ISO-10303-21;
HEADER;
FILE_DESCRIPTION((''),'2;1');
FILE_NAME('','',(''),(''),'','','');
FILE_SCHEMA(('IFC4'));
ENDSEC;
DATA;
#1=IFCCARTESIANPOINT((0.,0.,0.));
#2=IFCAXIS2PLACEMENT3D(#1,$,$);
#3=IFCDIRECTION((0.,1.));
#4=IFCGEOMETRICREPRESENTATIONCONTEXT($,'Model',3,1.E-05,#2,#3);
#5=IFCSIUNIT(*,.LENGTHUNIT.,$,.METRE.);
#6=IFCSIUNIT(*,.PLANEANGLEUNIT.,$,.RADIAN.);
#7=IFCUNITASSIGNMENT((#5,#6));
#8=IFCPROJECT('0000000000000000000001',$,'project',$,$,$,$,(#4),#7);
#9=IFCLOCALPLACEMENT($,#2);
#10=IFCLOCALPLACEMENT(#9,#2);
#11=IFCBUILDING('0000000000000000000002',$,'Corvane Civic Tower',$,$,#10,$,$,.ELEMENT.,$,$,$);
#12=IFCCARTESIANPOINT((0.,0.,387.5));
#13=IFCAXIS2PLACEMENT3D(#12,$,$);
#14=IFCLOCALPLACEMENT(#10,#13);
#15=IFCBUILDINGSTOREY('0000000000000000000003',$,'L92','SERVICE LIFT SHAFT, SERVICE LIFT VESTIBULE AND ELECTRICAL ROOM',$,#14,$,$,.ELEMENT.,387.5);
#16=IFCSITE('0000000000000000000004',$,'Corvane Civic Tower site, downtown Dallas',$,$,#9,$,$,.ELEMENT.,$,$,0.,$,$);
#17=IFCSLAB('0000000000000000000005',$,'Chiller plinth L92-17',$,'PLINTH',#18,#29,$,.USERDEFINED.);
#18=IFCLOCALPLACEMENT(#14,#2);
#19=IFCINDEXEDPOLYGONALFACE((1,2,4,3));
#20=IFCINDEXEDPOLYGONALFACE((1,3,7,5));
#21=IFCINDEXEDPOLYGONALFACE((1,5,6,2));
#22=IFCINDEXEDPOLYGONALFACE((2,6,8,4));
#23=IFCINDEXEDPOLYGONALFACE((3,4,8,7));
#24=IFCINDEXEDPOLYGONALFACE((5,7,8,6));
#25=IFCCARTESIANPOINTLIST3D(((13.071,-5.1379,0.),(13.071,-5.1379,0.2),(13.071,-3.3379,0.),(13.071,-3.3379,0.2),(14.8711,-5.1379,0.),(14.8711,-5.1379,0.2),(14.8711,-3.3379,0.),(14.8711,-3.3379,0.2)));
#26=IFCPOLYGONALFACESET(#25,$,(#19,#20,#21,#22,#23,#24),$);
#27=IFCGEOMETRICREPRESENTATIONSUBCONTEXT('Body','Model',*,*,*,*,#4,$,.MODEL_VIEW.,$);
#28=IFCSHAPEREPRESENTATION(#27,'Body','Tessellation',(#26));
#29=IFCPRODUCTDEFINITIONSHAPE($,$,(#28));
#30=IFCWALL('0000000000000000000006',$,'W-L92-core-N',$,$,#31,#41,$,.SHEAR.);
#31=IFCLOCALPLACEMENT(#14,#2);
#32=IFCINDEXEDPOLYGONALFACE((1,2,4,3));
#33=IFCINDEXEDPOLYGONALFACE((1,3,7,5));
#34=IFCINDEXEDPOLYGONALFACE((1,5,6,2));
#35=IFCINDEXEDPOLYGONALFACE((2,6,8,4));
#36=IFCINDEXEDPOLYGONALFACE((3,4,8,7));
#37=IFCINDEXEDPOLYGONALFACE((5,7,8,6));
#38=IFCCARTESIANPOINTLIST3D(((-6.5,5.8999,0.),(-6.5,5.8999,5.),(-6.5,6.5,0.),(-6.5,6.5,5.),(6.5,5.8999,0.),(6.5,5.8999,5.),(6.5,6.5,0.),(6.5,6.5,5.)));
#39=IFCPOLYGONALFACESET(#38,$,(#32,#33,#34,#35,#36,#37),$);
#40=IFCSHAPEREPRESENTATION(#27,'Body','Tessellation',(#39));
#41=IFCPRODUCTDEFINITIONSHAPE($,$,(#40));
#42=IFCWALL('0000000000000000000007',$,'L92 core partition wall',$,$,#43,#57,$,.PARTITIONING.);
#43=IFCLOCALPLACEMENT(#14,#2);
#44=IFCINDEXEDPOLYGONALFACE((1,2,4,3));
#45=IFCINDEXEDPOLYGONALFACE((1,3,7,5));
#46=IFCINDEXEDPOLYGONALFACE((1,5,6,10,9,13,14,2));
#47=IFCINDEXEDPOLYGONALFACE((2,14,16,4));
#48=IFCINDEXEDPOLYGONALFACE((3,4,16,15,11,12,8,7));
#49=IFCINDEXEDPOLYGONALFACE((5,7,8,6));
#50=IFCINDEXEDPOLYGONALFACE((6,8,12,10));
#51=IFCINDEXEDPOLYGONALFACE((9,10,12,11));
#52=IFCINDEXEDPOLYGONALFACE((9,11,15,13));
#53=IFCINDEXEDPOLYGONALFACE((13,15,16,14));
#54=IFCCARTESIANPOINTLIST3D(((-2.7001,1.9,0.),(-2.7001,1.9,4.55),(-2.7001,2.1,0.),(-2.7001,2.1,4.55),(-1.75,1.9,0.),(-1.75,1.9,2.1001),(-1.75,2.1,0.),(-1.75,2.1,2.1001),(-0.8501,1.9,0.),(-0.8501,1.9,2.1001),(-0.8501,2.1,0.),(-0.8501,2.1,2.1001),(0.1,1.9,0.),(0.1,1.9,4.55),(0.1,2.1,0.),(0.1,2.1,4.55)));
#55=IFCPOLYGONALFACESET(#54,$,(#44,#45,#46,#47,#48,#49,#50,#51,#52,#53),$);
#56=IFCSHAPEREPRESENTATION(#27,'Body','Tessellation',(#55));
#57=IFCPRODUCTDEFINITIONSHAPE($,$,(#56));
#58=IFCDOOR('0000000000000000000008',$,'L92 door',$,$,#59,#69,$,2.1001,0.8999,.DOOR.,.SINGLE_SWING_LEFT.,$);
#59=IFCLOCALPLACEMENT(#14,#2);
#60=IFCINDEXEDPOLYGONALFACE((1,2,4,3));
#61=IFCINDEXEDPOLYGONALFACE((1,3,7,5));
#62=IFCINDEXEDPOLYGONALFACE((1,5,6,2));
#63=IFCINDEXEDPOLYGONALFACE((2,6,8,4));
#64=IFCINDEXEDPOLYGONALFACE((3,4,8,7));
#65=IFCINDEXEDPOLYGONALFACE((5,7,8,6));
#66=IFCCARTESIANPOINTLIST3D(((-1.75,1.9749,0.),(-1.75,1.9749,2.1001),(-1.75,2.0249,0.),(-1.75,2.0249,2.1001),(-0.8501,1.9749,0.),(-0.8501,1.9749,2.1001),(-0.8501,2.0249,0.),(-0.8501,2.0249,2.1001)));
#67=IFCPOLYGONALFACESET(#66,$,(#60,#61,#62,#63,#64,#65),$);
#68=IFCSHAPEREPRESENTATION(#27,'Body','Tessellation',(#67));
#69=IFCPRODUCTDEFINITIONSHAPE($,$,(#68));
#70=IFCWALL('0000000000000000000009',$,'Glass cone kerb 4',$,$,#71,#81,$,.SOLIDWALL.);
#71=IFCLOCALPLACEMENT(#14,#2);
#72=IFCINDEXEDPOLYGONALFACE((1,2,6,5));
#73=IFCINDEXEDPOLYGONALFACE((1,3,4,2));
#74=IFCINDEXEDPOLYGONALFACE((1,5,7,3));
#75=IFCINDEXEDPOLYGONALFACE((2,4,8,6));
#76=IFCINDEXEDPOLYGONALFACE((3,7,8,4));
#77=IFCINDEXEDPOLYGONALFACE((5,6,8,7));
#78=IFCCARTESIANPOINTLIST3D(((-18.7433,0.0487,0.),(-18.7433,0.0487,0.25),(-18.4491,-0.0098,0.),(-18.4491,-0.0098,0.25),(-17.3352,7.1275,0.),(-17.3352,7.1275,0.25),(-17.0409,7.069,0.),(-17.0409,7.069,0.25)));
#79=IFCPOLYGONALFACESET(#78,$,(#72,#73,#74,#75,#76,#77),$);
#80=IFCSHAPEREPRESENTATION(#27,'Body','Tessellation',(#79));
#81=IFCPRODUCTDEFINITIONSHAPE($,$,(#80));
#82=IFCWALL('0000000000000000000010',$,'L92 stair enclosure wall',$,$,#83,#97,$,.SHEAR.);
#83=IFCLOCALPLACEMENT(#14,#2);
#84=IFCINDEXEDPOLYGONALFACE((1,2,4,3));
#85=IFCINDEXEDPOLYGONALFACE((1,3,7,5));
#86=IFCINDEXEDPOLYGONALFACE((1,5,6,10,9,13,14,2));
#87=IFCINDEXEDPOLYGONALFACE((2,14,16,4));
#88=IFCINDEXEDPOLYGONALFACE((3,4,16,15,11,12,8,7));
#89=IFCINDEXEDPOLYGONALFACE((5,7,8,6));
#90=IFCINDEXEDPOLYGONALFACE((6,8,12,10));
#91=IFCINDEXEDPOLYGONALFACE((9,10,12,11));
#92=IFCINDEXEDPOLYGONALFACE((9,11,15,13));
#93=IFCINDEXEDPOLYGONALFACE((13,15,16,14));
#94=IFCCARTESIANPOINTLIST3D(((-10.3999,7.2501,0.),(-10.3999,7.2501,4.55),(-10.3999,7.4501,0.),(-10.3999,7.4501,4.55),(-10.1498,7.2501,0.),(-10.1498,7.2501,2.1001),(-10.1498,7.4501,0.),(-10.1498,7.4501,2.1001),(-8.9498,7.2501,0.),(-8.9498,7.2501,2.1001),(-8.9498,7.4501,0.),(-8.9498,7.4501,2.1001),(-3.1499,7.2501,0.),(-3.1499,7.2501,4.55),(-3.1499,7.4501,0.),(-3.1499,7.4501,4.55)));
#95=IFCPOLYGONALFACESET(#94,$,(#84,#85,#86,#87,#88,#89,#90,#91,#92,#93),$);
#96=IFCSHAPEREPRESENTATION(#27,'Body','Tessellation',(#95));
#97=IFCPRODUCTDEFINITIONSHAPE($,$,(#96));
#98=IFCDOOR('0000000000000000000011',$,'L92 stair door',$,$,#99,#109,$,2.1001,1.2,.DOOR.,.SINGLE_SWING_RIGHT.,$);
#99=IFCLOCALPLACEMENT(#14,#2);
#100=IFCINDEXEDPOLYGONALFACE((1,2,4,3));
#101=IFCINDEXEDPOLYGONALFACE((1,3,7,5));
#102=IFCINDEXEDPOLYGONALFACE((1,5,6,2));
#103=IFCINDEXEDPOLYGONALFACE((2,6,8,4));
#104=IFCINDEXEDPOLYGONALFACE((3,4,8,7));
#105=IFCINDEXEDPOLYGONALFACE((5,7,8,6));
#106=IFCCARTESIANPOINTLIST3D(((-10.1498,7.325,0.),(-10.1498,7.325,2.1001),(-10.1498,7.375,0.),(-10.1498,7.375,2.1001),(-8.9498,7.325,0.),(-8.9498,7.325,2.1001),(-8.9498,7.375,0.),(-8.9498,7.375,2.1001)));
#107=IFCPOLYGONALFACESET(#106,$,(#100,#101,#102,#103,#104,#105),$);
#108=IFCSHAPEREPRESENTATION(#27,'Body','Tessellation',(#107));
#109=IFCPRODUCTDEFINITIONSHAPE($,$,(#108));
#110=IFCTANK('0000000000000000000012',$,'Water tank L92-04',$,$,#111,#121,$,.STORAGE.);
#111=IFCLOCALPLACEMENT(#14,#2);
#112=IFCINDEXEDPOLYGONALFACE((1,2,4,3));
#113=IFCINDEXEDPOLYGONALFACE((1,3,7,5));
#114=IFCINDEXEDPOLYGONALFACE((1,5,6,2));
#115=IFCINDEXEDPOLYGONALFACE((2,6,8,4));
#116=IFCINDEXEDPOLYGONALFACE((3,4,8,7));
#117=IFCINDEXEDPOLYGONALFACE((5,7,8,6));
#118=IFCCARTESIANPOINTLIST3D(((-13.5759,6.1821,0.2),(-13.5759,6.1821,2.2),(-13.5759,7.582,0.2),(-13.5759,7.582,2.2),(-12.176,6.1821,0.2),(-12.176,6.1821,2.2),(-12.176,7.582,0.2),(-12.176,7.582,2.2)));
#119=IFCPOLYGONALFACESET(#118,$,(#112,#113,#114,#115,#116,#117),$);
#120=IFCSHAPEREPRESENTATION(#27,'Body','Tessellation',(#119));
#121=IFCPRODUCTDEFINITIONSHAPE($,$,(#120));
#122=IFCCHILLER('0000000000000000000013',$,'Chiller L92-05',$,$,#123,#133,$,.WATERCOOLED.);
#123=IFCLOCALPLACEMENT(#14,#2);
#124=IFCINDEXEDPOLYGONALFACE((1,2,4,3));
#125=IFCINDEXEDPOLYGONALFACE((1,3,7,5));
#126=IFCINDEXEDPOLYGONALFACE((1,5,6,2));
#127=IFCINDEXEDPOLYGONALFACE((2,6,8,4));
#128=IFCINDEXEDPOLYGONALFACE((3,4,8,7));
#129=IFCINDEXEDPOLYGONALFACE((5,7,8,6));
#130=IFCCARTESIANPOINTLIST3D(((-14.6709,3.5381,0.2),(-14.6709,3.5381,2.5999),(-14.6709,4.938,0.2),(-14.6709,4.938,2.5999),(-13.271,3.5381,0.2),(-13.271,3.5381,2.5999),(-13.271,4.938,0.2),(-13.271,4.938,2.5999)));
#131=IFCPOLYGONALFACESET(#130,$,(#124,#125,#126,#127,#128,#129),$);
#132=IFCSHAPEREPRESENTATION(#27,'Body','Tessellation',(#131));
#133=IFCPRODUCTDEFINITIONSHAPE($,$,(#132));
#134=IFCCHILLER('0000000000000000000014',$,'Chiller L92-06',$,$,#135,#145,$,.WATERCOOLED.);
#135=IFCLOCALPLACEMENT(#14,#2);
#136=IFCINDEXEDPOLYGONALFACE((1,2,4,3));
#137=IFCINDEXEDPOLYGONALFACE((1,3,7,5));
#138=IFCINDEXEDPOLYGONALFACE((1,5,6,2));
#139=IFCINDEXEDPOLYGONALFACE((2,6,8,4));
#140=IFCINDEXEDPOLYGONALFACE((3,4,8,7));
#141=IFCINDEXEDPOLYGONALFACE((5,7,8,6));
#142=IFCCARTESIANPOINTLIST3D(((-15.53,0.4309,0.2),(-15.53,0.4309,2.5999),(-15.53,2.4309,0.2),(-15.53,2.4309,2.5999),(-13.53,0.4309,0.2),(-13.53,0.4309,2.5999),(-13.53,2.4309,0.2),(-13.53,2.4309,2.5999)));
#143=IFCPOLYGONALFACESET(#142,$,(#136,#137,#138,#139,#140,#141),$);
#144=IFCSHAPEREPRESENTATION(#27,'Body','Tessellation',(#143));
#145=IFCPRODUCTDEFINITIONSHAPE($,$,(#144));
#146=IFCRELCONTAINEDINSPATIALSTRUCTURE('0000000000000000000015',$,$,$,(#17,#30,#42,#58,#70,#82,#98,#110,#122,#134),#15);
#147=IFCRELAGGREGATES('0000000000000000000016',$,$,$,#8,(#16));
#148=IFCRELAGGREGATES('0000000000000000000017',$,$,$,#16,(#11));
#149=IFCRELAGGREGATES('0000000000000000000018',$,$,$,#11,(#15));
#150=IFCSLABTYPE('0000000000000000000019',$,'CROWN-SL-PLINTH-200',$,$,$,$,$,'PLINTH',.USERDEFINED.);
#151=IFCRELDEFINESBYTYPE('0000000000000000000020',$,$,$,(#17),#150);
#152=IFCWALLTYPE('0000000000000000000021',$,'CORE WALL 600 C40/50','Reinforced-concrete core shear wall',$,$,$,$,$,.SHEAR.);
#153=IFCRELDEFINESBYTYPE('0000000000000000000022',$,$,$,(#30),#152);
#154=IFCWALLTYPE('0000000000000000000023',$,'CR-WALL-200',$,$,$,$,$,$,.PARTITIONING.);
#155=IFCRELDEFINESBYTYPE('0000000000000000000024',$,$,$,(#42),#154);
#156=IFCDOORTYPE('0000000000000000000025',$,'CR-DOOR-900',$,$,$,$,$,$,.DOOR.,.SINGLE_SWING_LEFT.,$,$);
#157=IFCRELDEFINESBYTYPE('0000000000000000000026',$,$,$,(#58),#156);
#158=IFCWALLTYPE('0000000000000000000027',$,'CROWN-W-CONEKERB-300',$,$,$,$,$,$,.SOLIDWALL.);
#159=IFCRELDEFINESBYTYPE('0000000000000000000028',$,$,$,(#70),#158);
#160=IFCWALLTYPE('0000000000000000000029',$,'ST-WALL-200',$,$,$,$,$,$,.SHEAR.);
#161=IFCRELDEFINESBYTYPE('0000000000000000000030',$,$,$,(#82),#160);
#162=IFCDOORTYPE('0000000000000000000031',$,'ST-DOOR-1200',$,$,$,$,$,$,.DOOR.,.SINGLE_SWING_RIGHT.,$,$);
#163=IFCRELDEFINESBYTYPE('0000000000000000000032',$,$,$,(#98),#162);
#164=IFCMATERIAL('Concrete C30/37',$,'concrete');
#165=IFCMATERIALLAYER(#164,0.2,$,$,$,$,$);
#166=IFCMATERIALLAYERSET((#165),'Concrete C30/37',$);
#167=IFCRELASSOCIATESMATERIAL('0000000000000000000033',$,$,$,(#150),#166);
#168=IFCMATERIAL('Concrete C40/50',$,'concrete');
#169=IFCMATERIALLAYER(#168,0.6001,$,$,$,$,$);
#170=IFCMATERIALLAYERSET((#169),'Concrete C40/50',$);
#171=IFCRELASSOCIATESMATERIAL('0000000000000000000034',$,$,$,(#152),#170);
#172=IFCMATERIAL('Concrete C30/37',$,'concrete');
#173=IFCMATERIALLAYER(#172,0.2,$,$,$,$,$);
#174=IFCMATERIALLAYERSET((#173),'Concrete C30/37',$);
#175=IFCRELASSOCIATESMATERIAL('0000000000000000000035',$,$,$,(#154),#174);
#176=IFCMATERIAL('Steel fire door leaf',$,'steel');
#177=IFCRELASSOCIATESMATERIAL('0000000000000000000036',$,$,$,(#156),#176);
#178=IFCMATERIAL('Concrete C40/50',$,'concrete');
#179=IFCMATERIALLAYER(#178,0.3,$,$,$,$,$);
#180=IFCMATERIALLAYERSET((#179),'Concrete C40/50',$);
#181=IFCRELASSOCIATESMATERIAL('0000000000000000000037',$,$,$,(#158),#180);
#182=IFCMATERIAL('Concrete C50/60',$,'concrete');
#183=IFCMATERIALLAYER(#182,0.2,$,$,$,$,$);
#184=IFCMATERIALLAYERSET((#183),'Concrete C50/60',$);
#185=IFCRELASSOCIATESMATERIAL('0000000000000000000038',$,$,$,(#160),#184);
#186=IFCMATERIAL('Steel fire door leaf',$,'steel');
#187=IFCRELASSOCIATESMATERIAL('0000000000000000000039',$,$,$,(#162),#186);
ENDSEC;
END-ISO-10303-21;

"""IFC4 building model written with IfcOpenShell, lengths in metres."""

from ifc_helpers import new_model, si_unit, direction, frame, frame_2d, origin, origin_2d, place, context, subcontext, project, spatial, polyline, rectangle, outline, extrude, material, layer, layer_set, type_object, element, fill, save


model = new_model("IFC4")

# Units and contexts
model_context = context("Model", 3, precision=1e-05, world=origin(), true_north=direction((0.0, 1.0)))
body_context = subcontext(model_context, "Body", "Model", "MODEL_VIEW")
ifc_project = project(units=[si_unit("LENGTHUNIT", "METRE"), si_unit("PLANEANGLEUNIT", "RADIAN")], contexts=[model_context])

# Site, building, storey
site_placement = place(None, origin())
site = spatial("IfcSite", under=ifc_project, at=site_placement, Name="Corvane Civic Tower site, downtown Dallas", CompositionType="ELEMENT", RefElevation=0.0)
building_placement = place(site_placement, origin())
building = spatial("IfcBuilding", under=site, at=building_placement, Name="Corvane Civic Tower", CompositionType="ELEMENT")
storey_placement = place(building_placement, frame((0.0, 0.0, 387.5)))
storey = spatial("IfcBuildingStorey", under=building, at=storey_placement, Name="L92", Description="SERVICE LIFT SHAFT, SERVICE LIFT VESTIBULE AND ELECTRICAL ROOM", CompositionType="ELEMENT", Elevation=387.5)

# Slab
ifc_material_1 = material(Name="Concrete C30/37", Category="concrete")
ifc_layer_1 = layer(ifc_material_1, 0.2)
ifc_layer_set_1 = layer_set([ifc_layer_1], Name="Concrete C30/37")
slab_type = type_object("IfcSlabType", Name="CROWN-SL-PLINTH-200", ElementType="PLINTH", PredefinedType="USERDEFINED", material=ifc_layer_set_1)
slab_1_placement = place(storey_placement, origin())
element("IfcSlab", 1, at=slab_1_placement, inside=storey, type_object=slab_type, Name="Chiller plinth L92-17", ObjectType="PLINTH", PredefinedType="USERDEFINED", context=body_context, shape_type="SweptSolid", body=[
    extrude(outline(polyline([(14.8711, -5.1379), (14.8711, -3.3379), (13.071, -3.3379), (13.071, -5.1379), (14.8711, -5.1379)])), origin(), (0.0, 0.0, 1.0), 0.2),
])

# Wall
ifc_material_2 = material(Name="Concrete C40/50", Category="concrete")
ifc_layer_2 = layer(ifc_material_2, 0.6001)
ifc_layer_set_2 = layer_set([ifc_layer_2], Name="Concrete C40/50")
wall_type_1 = type_object("IfcWallType", Name="CORE WALL 600 C40/50", Description="Reinforced-concrete core shear wall", PredefinedType="SHEAR", material=ifc_layer_set_2)
wall_1_placement = place(storey_placement, frame((-6.5, 6.2, 0.0), z_axis=(0.0, 0.0, 1.0), x_axis=(1.0, 0.0, 0.0)))
element("IfcWall", 2, at=wall_1_placement, inside=storey, type_object=wall_type_1, Name="W-L92-core-N", PredefinedType="SHEAR", context=body_context, shape_type="SweptSolid", body=[
    extrude(rectangle(XDim=13.0, YDim=0.6001, at=frame_2d((6.5, 0.0))), origin(), (0.0, 0.0, 1.0), 5.0),
])

# Wall, opening, door
ifc_material_3 = material(Name="Concrete C30/37", Category="concrete")
ifc_layer_3 = layer(ifc_material_3, 0.2)
ifc_layer_set_3 = layer_set([ifc_layer_3], Name="Concrete C30/37")
wall_type_2 = type_object("IfcWallType", Name="CR-WALL-200", PredefinedType="PARTITIONING", material=ifc_layer_set_3)
wall_2_placement = place(storey_placement, frame((-2.7, 2.0, 0.0), z_axis=(0.0, 0.0, 1.0), x_axis=(1.0, 0.0, 0.0)))
wall_2 = element("IfcWall", 3, at=wall_2_placement, inside=storey, type_object=wall_type_2, Name="L92 core partition wall", PredefinedType="PARTITIONING", context=body_context, shape_type="SweptSolid", body=[
    extrude(rectangle(XDim=2.8, YDim=0.2, at=frame_2d((1.3999, 0.0))), origin(), (0.0, 0.0, 1.0), 4.55),
])
opening_1_placement = place(wall_2_placement, frame((0.95, 0.0, 0.0)))
opening_1 = element("IfcOpeningElement", 4, at=opening_1_placement, cuts=wall_2, PredefinedType="OPENING", context=body_context, shape_type="SweptSolid", body=[
    extrude(rectangle(XDim=0.8999, YDim=2.1001, at=frame_2d((0.45, 1.05))), frame((0.0, 0.1099, 0.0), z_axis=(0.0, -1.0, 0.0), x_axis=(1.0, 0.0, 0.0)), (0.0, 0.0, 1.0), 0.22),
])
ifc_material_4 = material(Name="Steel fire door leaf", Category="steel")
door_type_1 = type_object("IfcDoorType", Name="CR-DOOR-900", OperationType="SINGLE_SWING_LEFT", PredefinedType="DOOR", material=ifc_material_4)
door_1_placement = place(opening_1_placement, origin())
door_1 = element("IfcDoor", 5, at=door_1_placement, inside=storey, type_object=door_type_1, Name="L92 door", OperationType="SINGLE_SWING_LEFT", OverallHeight=2.1001, OverallWidth=0.8999, PredefinedType="DOOR", context=body_context, shape_type="SweptSolid", body=[
    extrude(rectangle(XDim=0.8999, YDim=2.1001, at=frame_2d((0.45, 1.05))), frame((0.0, 0.0249, 0.0), z_axis=(0.0, -1.0, 0.0), x_axis=(1.0, 0.0, 0.0)), (0.0, 0.0, 1.0), 0.05),
])
fill(opening_1, door_1)

# Wall
ifc_material_5 = material(Name="Concrete C40/50", Category="concrete")
ifc_layer_4 = layer(ifc_material_5, 0.3)
ifc_layer_set_4 = layer_set([ifc_layer_4], Name="Concrete C40/50")
wall_type_3 = type_object("IfcWallType", Name="CROWN-W-CONEKERB-300", PredefinedType="SOLIDWALL", material=ifc_layer_set_4)
wall_3_placement = place(storey_placement, frame((-17.188, 7.0984, 0.0), z_axis=(0.0, 0.0, 1.0), x_axis=(-0.195108, -0.980782, 0.0)))
element("IfcWall", 6, at=wall_3_placement, inside=storey, type_object=wall_type_3, Name="Glass cone kerb 4", PredefinedType="SOLIDWALL", context=body_context, shape_type="SweptSolid", body=[
    extrude(rectangle(XDim=7.2175, YDim=0.3, at=frame_2d((3.6089, 0.0))), origin(), (0.0, 0.0, 1.0), 0.25),
])

# Wall, opening, door
ifc_material_6 = material(Name="Concrete C50/60", Category="concrete")
ifc_layer_5 = layer(ifc_material_6, 0.2)
ifc_layer_set_5 = layer_set([ifc_layer_5], Name="Concrete C50/60")
wall_type_4 = type_object("IfcWallType", Name="ST-WALL-200", PredefinedType="SHEAR", material=ifc_layer_set_5)
wall_4_placement = place(storey_placement, frame((-10.3999, 7.3501, 0.0), z_axis=(0.0, 0.0, 1.0), x_axis=(1.0, 0.0, 0.0)))
wall_4 = element("IfcWall", 7, at=wall_4_placement, inside=storey, type_object=wall_type_4, Name="L92 stair enclosure wall", PredefinedType="SHEAR", context=body_context, shape_type="SweptSolid", body=[
    extrude(rectangle(XDim=7.25, YDim=0.2, at=frame_2d((3.625, 0.0))), origin(), (0.0, 0.0, 1.0), 4.55),
])
opening_2_placement = place(wall_4_placement, frame((0.25, 0.0, 0.0)))
opening_2 = element("IfcOpeningElement", 8, at=opening_2_placement, cuts=wall_4, PredefinedType="OPENING", context=body_context, shape_type="SweptSolid", body=[
    extrude(rectangle(XDim=1.2, YDim=2.1001, at=frame_2d((0.6001, 1.05))), frame((0.0, 0.1099, 0.0), z_axis=(0.0, -1.0, 0.0), x_axis=(1.0, 0.0, 0.0)), (0.0, 0.0, 1.0), 0.22),
])
ifc_material_7 = material(Name="Steel fire door leaf", Category="steel")
door_type_2 = type_object("IfcDoorType", Name="ST-DOOR-1200", OperationType="SINGLE_SWING_RIGHT", PredefinedType="DOOR", material=ifc_material_7)
door_2_placement = place(opening_2_placement, origin())
door_2 = element("IfcDoor", 9, at=door_2_placement, inside=storey, type_object=door_type_2, Name="L92 stair door", OperationType="SINGLE_SWING_RIGHT", OverallHeight=2.1001, OverallWidth=1.2, PredefinedType="DOOR", context=body_context, shape_type="SweptSolid", body=[
    extrude(rectangle(XDim=1.2, YDim=2.1001, at=frame_2d((0.6001, 1.05))), frame((0.0, 0.0249, 0.0), z_axis=(0.0, -1.0, 0.0), x_axis=(1.0, 0.0, 0.0)), (0.0, 0.0, 1.0), 0.05),
])
fill(opening_2, door_2)

# Tank
tank_placement = place(storey_placement, frame((-12.876, 6.8821, 0.2), z_axis=(0.0, 0.0, 1.0), x_axis=(1.0, 0.0, 0.0)))
element("IfcTank", 10, at=tank_placement, inside=storey, Name="Water tank L92-04", PredefinedType="STORAGE", context=body_context, shape_type="SweptSolid", body=[
    extrude(rectangle(XDim=1.3999, YDim=1.3999, at=origin_2d()), origin(), (0.0, 0.0, 1.0), 2.0),
])

# Chillers
chiller_1_placement = place(storey_placement, frame((-13.9709, 4.238, 0.2), z_axis=(0.0, 0.0, 1.0), x_axis=(1.0, 0.0, 0.0)))
element("IfcChiller", 11, at=chiller_1_placement, inside=storey, Name="Chiller L92-05", PredefinedType="WATERCOOLED", context=body_context, shape_type="SweptSolid", body=[
    extrude(rectangle(XDim=1.3999, YDim=1.3999, at=origin_2d()), origin(), (0.0, 0.0, 1.0), 2.3999),
])
chiller_2_placement = place(storey_placement, frame((-14.53, 1.4309, 0.2), z_axis=(0.0, 0.0, 1.0), x_axis=(1.0, 0.0, 0.0)))
element("IfcChiller", 12, at=chiller_2_placement, inside=storey, Name="Chiller L92-06", PredefinedType="WATERCOOLED", context=body_context, shape_type="SweptSolid", body=[
    extrude(rectangle(XDim=2.0, YDim=2.0, at=origin_2d()), origin(), (0.0, 0.0, 1.0), 2.3999),
])

save(model, "model.ifc")
